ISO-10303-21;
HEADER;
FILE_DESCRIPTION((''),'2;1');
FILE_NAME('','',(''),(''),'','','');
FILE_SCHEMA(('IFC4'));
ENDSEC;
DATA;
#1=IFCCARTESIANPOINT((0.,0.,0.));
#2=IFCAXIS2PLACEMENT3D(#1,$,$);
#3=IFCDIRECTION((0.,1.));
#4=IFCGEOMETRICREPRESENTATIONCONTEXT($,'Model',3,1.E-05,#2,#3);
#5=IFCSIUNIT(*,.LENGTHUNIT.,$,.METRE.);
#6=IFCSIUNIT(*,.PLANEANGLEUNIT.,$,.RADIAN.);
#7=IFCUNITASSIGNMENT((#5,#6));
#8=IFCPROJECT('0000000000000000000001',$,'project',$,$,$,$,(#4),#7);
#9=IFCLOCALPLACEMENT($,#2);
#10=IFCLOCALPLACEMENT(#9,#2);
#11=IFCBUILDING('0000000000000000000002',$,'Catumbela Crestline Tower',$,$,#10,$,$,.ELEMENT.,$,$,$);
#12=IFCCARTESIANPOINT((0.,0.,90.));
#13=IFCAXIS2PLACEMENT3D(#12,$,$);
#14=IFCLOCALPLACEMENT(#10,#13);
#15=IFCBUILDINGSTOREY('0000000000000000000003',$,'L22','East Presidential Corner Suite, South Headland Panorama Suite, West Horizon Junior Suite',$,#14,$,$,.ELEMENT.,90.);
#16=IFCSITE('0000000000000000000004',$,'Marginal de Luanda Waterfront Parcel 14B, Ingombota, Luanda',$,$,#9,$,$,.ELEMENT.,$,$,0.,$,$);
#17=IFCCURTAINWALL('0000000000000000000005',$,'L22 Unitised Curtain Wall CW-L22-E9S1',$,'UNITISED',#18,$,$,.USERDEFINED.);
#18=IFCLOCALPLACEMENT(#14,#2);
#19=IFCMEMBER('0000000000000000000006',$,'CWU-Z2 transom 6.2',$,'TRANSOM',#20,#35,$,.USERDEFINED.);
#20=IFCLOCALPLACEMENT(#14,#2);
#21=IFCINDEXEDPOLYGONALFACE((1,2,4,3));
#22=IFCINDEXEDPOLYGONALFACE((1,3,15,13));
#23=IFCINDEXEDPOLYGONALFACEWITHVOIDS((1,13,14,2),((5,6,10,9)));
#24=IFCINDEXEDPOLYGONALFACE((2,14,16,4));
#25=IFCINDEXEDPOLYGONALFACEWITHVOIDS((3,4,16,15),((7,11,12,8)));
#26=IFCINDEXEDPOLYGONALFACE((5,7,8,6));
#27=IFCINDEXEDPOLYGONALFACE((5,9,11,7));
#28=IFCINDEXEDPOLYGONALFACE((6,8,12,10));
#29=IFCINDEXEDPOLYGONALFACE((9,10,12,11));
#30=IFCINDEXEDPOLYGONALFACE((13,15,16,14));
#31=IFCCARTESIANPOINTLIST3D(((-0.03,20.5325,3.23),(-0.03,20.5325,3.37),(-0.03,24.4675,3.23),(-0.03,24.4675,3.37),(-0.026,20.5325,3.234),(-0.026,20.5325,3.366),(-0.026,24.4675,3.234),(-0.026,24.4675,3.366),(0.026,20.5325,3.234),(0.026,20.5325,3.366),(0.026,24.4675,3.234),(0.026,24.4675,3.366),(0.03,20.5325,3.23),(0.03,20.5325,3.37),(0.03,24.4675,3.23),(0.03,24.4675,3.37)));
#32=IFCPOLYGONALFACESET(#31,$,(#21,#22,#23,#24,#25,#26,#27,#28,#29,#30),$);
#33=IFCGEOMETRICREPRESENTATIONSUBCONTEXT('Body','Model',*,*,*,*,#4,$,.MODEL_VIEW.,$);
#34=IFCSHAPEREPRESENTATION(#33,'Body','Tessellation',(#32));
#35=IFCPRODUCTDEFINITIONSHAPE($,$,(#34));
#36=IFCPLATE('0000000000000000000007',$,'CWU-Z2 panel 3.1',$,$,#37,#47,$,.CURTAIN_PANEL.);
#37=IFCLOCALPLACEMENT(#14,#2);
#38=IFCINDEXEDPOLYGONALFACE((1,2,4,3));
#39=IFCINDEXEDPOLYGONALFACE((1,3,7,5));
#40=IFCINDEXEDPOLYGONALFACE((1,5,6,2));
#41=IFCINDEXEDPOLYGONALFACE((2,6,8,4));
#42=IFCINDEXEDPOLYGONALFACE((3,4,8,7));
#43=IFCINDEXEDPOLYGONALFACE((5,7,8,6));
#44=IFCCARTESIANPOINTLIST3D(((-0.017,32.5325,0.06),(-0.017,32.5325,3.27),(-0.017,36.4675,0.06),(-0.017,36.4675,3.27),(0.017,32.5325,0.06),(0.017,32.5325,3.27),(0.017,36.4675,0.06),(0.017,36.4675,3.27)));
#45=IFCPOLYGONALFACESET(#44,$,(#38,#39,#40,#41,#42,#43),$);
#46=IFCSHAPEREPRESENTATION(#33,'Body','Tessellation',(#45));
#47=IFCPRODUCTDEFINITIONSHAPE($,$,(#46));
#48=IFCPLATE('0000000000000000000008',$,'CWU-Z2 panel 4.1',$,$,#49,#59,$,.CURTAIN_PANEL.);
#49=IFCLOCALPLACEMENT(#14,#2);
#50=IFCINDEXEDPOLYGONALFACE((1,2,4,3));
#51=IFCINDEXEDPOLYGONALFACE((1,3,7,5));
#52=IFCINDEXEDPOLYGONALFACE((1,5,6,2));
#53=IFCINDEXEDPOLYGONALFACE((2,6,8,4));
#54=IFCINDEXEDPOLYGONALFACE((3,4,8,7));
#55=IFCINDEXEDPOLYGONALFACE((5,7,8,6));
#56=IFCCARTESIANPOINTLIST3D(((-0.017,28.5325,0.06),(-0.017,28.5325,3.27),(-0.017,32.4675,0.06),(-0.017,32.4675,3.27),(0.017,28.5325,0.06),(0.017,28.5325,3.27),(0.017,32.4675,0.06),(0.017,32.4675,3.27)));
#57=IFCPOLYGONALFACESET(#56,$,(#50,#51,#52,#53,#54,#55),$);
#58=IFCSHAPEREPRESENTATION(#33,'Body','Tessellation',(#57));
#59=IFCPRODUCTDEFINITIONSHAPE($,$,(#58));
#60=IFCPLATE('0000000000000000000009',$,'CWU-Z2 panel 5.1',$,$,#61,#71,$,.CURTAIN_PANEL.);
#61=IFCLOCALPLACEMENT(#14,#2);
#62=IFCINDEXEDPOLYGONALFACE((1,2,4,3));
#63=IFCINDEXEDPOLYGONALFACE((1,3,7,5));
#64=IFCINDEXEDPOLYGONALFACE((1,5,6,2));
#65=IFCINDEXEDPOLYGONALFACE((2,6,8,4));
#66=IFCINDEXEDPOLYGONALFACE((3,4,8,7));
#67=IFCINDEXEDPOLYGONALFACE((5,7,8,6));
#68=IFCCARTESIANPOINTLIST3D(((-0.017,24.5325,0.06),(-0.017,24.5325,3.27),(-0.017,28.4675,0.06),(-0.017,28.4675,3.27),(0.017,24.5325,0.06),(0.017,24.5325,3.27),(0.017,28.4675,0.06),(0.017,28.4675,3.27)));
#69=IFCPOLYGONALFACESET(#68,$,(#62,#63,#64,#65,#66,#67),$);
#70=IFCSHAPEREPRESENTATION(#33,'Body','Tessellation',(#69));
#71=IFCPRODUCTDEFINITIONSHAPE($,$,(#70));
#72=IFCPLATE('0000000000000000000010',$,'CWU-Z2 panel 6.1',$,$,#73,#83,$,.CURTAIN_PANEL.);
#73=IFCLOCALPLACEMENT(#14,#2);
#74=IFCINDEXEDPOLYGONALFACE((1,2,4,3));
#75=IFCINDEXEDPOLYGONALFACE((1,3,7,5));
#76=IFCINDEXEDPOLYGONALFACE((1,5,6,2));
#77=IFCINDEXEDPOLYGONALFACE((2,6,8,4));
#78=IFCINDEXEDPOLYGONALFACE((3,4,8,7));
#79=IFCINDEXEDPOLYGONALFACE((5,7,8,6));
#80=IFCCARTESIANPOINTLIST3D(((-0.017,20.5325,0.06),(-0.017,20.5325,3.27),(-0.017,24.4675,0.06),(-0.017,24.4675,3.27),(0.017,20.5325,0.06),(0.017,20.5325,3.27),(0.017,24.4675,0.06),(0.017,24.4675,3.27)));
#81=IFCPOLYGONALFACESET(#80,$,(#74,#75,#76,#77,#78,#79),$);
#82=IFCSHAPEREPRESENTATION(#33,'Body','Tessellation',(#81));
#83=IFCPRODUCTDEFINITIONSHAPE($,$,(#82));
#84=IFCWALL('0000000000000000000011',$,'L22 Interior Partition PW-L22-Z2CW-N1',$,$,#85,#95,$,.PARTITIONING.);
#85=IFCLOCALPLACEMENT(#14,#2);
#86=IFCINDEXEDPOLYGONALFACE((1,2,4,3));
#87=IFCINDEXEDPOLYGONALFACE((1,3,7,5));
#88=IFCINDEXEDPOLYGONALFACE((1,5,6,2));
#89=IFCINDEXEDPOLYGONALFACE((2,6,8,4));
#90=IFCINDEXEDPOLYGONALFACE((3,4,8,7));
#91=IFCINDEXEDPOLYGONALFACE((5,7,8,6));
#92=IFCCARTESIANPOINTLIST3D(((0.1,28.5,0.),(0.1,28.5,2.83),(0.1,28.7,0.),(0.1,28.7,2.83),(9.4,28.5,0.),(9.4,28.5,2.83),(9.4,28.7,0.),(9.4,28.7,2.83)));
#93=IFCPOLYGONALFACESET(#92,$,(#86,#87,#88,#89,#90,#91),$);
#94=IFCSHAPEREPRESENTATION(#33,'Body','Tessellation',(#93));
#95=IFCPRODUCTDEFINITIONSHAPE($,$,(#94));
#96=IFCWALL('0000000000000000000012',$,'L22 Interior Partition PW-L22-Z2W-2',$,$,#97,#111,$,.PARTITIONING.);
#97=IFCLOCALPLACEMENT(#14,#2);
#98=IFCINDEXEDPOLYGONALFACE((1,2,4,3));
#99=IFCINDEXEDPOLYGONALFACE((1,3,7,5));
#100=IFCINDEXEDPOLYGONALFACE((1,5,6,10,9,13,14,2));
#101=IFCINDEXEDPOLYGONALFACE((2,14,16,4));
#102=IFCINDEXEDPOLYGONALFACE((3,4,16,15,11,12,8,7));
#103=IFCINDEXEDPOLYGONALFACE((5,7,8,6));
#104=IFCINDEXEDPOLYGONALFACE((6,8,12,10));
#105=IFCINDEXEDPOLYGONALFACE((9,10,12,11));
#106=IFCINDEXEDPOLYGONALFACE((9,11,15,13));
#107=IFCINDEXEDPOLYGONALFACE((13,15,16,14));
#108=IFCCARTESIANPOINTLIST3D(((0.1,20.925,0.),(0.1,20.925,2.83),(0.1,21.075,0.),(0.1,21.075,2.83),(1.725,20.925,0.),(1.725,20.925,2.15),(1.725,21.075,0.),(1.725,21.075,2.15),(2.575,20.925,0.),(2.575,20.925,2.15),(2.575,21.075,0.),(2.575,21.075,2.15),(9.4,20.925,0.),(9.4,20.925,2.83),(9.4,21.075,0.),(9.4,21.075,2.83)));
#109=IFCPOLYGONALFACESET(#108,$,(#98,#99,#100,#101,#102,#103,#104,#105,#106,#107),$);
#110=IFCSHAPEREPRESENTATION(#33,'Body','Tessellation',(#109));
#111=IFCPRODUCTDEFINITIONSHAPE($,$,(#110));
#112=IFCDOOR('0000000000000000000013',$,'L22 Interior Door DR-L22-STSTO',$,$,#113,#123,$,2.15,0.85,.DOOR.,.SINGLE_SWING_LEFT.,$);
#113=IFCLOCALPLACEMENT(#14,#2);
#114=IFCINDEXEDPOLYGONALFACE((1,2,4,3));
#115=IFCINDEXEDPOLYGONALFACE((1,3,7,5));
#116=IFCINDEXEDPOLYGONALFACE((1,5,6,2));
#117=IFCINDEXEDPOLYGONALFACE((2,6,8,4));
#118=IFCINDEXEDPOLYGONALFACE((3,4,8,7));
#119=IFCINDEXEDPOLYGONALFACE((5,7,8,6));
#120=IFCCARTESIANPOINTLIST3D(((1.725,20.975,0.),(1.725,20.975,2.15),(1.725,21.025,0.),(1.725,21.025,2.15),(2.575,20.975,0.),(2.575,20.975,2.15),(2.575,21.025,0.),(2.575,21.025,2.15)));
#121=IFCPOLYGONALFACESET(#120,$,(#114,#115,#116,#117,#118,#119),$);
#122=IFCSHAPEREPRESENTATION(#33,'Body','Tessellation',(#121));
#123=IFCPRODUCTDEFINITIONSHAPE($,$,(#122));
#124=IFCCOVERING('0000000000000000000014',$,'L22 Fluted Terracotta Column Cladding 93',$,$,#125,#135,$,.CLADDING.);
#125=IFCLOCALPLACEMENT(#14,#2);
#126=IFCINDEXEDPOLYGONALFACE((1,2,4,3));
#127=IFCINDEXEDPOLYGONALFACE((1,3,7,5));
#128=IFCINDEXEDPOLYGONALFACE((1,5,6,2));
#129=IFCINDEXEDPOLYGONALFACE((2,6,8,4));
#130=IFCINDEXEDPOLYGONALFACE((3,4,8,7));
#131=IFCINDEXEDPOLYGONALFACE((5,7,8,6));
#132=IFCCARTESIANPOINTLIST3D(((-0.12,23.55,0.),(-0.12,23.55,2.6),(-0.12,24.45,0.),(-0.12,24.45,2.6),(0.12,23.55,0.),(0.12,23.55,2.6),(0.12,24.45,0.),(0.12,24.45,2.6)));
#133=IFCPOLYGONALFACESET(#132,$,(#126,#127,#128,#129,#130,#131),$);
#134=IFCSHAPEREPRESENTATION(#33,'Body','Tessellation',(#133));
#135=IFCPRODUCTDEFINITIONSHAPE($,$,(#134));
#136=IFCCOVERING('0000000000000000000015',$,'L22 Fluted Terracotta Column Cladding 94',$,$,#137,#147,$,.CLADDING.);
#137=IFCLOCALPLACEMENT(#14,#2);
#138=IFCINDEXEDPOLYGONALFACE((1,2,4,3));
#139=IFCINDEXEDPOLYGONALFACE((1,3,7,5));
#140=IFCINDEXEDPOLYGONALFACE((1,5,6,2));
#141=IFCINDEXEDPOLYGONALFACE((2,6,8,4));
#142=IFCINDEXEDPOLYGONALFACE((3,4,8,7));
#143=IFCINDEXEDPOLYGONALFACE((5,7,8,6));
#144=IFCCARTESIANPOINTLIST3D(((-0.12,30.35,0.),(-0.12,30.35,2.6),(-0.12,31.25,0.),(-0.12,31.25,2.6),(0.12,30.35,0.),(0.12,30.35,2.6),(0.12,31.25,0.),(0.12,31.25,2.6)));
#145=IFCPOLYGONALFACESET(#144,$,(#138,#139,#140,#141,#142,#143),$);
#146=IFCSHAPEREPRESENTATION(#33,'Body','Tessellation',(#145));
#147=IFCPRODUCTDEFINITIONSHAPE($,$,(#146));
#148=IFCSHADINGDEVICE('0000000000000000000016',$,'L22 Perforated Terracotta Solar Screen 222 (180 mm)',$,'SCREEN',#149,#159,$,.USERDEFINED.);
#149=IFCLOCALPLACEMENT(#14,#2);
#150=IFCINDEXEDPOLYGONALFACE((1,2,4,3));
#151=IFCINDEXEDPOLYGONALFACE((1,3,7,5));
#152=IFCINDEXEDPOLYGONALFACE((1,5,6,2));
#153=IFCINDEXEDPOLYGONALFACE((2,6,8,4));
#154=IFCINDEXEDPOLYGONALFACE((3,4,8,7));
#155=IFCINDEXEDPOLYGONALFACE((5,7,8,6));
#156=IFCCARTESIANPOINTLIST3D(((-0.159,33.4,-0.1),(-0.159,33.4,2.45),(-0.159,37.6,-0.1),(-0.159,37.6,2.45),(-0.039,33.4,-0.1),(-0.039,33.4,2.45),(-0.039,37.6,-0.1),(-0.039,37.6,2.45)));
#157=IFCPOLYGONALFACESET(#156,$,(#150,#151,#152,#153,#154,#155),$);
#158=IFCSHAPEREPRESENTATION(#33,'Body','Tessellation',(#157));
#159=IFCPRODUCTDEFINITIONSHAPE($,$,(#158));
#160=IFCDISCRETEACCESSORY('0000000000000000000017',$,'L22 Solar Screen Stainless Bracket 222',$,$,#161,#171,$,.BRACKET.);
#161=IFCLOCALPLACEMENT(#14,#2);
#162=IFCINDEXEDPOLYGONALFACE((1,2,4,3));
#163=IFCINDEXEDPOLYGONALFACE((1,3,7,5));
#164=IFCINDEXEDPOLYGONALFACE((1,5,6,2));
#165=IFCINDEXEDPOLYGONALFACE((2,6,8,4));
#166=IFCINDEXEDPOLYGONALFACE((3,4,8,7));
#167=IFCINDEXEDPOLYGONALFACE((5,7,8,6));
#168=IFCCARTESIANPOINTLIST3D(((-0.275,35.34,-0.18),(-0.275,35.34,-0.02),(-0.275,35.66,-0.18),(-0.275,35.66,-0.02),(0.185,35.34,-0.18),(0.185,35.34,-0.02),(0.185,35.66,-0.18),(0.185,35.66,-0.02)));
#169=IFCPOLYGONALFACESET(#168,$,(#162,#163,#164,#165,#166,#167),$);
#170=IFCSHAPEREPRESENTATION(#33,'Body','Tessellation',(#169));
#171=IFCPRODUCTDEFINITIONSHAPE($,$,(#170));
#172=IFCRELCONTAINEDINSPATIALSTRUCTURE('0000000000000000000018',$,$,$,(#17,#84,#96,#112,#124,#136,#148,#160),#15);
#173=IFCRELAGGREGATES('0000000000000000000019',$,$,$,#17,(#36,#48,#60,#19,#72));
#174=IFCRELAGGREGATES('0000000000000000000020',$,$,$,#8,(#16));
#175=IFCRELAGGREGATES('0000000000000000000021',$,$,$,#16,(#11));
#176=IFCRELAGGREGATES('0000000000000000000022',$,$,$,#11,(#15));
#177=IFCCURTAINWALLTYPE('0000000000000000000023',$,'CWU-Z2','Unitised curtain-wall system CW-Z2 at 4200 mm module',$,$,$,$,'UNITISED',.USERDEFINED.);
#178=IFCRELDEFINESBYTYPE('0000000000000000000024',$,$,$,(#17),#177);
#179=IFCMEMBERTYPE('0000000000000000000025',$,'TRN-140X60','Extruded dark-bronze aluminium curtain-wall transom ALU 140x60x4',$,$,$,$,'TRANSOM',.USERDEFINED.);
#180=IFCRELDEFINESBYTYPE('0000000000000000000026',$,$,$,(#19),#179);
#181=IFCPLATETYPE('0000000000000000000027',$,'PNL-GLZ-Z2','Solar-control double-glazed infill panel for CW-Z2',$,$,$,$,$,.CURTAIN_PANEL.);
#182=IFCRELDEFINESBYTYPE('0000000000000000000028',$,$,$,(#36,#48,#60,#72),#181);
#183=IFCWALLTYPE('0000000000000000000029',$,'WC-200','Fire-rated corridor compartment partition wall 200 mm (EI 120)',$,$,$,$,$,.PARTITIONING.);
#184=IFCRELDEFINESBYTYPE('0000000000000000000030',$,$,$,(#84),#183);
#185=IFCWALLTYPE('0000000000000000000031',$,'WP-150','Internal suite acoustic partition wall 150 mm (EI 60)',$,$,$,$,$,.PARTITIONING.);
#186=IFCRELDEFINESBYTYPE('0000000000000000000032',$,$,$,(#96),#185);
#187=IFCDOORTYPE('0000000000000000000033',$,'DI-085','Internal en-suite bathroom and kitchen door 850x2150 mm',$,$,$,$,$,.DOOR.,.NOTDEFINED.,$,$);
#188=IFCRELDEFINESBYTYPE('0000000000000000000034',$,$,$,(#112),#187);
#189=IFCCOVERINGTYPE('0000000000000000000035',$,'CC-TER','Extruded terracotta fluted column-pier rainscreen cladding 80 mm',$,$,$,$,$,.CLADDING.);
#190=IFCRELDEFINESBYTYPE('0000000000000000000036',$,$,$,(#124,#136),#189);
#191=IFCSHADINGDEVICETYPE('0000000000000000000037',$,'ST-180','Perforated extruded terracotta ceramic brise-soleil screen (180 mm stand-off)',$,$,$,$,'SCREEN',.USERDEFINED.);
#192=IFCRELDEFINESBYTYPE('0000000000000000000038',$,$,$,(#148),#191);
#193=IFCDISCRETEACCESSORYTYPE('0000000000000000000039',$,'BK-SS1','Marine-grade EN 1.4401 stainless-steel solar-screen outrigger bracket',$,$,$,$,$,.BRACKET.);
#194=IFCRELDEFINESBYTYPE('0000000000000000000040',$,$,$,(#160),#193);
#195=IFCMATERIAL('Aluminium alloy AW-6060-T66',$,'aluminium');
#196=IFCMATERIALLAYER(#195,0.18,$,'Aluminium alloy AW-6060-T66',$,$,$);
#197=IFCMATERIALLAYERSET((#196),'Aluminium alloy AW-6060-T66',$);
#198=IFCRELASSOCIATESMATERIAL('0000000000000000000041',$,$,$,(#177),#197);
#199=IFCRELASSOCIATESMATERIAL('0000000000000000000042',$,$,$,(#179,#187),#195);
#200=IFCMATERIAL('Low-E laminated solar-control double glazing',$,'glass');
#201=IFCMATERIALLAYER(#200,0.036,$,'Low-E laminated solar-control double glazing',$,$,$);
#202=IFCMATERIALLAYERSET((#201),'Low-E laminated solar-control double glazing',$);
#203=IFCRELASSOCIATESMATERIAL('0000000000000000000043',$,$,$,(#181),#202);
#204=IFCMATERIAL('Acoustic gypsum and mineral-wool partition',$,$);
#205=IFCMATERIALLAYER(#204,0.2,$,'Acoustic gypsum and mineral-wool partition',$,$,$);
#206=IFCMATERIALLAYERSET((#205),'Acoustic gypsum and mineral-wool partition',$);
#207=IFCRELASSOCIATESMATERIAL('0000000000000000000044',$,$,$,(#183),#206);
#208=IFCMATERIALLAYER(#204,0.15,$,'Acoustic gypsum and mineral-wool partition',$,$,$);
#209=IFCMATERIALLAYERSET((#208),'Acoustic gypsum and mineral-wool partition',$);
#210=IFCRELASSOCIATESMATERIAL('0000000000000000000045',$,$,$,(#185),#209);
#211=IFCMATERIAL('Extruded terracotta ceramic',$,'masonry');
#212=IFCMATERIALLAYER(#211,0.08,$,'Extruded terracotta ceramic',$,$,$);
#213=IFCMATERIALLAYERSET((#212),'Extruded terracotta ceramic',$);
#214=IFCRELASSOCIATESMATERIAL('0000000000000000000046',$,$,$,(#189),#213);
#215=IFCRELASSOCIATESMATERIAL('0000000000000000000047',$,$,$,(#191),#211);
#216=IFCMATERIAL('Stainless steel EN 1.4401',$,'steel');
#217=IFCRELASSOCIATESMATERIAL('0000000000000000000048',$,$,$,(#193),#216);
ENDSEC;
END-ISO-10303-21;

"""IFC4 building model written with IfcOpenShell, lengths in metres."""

from ifc_helpers import new_model, si_unit, direction, frame, frame_2d, origin, origin_2d, place, context, subcontext, project, spatial, rectangle, hollow_rectangle, extrude, material, layer, layer_set, material_profile, profile_set, type_object, element, fill, aggregate, save


model = new_model("IFC4")

# Units and contexts
model_context = context("Model", 3, precision=1e-05, world=origin(), true_north=direction((0.0, 1.0)))
body_context = subcontext(model_context, "Body", "Model", "MODEL_VIEW")
ifc_project = project(units=[si_unit("LENGTHUNIT", "METRE"), si_unit("PLANEANGLEUNIT", "RADIAN")], contexts=[model_context])

# Site, building, storey
site_placement = place(None, origin())
site = spatial("IfcSite", under=ifc_project, at=site_placement, Name="Marginal de Luanda Waterfront Parcel 14B, Ingombota, Luanda", CompositionType="ELEMENT", RefElevation=0.0)
building_placement = place(site_placement, origin())
building = spatial("IfcBuilding", under=site, at=building_placement, Name="Catumbela Crestline Tower", CompositionType="ELEMENT")
storey_placement = place(building_placement, frame((0.0, 0.0, 90.0)))
storey = spatial("IfcBuildingStorey", under=building, at=storey_placement, Name="L22", Description="East Presidential Corner Suite, South Headland Panorama Suite, West Horizon Junior Suite", CompositionType="ELEMENT", Elevation=90.0)

# Curtain wall
ifc_material_1 = material(Name="Aluminium alloy AW-6060-T66", Category="aluminium")
ifc_layer_1 = layer(ifc_material_1, 0.18, Name="Aluminium alloy AW-6060-T66")
ifc_layer_set_1 = layer_set([ifc_layer_1], Name="Aluminium alloy AW-6060-T66")
curtain_wall_type = type_object("IfcCurtainWallType", Name="CWU-Z2", Description="Unitised curtain-wall system CW-Z2 at 4200 mm module", ElementType="UNITISED", PredefinedType="USERDEFINED", material=ifc_layer_set_1)
curtain_wall_placement = place(storey_placement, origin())
curtain_wall = element("IfcCurtainWall", 1, at=curtain_wall_placement, inside=storey, type_object=curtain_wall_type, Name="L22 Unitised Curtain Wall CW-L22-E9S1", ObjectType="UNITISED", PredefinedType="USERDEFINED")

# Member
ifc_material_profile_1 = material_profile(ifc_material_1, hollow_rectangle(XDim=0.06, YDim=0.14, WallThickness=0.004, at=origin_2d()), Name="ALU 140x60x4")
ifc_profile_set_1 = profile_set([ifc_material_profile_1], Name="Aluminium alloy AW-6060-T66")
member_type_1 = type_object("IfcMemberType", Name="TRN-140X60", Description="Extruded dark-bronze aluminium curtain-wall transom ALU 140x60x4", ElementType="TRANSOM", PredefinedType="USERDEFINED", material=ifc_profile_set_1)
member_1_placement = place(storey_placement, frame((0.0, 24.4675, 3.3), z_axis=(0.0, -1.0, 0.0), x_axis=(1.0, 0.0, 0.0)))
member_1 = element("IfcMember", 2, at=member_1_placement, type_object=member_type_1, Name="CWU-Z2 transom 6.2", ObjectType="TRANSOM", PredefinedType="USERDEFINED", context=body_context, shape_type="SweptSolid", body=[
    extrude(hollow_rectangle(XDim=0.06, YDim=0.14, WallThickness=0.004, at=origin_2d()), origin(), (0.0, 0.0, 1.0), 3.935),
])

# Plates
ifc_material_2 = material(Name="Low-E laminated solar-control double glazing", Category="glass")
ifc_layer_2 = layer(ifc_material_2, 0.036, Name="Low-E laminated solar-control double glazing")
ifc_layer_set_2 = layer_set([ifc_layer_2], Name="Low-E laminated solar-control double glazing")
plate_type = type_object("IfcPlateType", Name="PNL-GLZ-Z2", Description="Solar-control double-glazed infill panel for CW-Z2", PredefinedType="CURTAIN_PANEL", material=ifc_layer_set_2)
plate_1_placement = place(storey_placement, frame((0.0, 34.5, 0.06), z_axis=(0.0, 0.0, 1.0), x_axis=(0.0, -1.0, 0.0)))
plate_1 = element("IfcPlate", 3, at=plate_1_placement, type_object=plate_type, Name="CWU-Z2 panel 3.1", PredefinedType="CURTAIN_PANEL", context=body_context, shape_type="SweptSolid", body=[
    extrude(rectangle(XDim=3.935, YDim=0.034, at=origin_2d()), origin(), (0.0, 0.0, 1.0), 3.21),
])
plate_2_placement = place(storey_placement, frame((0.0, 30.5, 0.06), z_axis=(0.0, 0.0, 1.0), x_axis=(0.0, -1.0, 0.0)))
plate_2 = element("IfcPlate", 4, at=plate_2_placement, type_object=plate_type, Name="CWU-Z2 panel 4.1", PredefinedType="CURTAIN_PANEL", context=body_context, shape_type="SweptSolid", body=[
    extrude(rectangle(XDim=3.935, YDim=0.034, at=origin_2d()), origin(), (0.0, 0.0, 1.0), 3.21),
])
plate_3_placement = place(storey_placement, frame((0.0, 26.5, 0.06), z_axis=(0.0, 0.0, 1.0), x_axis=(0.0, -1.0, 0.0)))
plate_3 = element("IfcPlate", 5, at=plate_3_placement, type_object=plate_type, Name="CWU-Z2 panel 5.1", PredefinedType="CURTAIN_PANEL", context=body_context, shape_type="SweptSolid", body=[
    extrude(rectangle(XDim=3.935, YDim=0.034, at=origin_2d()), origin(), (0.0, 0.0, 1.0), 3.21),
])
plate_4_placement = place(storey_placement, frame((0.0, 22.5, 0.06), z_axis=(0.0, 0.0, 1.0), x_axis=(0.0, -1.0, 0.0)))
plate_4 = element("IfcPlate", 6, at=plate_4_placement, type_object=plate_type, Name="CWU-Z2 panel 6.1", PredefinedType="CURTAIN_PANEL", context=body_context, shape_type="SweptSolid", body=[
    extrude(rectangle(XDim=3.935, YDim=0.034, at=origin_2d()), origin(), (0.0, 0.0, 1.0), 3.21),
])
aggregate(curtain_wall, [plate_1, plate_2, plate_3, member_1, plate_4])

# Wall
ifc_material_3 = material(Name="Acoustic gypsum and mineral-wool partition")
ifc_layer_3 = layer(ifc_material_3, 0.2, Name="Acoustic gypsum and mineral-wool partition")
ifc_layer_set_3 = layer_set([ifc_layer_3], Name="Acoustic gypsum and mineral-wool partition")
wall_type_1 = type_object("IfcWallType", Name="WC-200", Description="Fire-rated corridor compartment partition wall 200 mm (EI 120)", PredefinedType="PARTITIONING", material=ifc_layer_set_3)
wall_1_placement = place(storey_placement, frame((0.1, 28.6, 0.0), z_axis=(0.0, 0.0, 1.0), x_axis=(1.0, 0.0, 0.0)))
element("IfcWall", 7, at=wall_1_placement, inside=storey, type_object=wall_type_1, Name="L22 Interior Partition PW-L22-Z2CW-N1", PredefinedType="PARTITIONING", context=body_context, shape_type="SweptSolid", body=[
    extrude(rectangle(XDim=9.3, YDim=0.2, at=frame_2d((4.65, 0.0))), origin(), (0.0, 0.0, 1.0), 2.83),
])

# Wall, opening, door
ifc_layer_4 = layer(ifc_material_3, 0.15, Name="Acoustic gypsum and mineral-wool partition")
ifc_layer_set_4 = layer_set([ifc_layer_4], Name="Acoustic gypsum and mineral-wool partition")
wall_type_2 = type_object("IfcWallType", Name="WP-150", Description="Internal suite acoustic partition wall 150 mm (EI 60)", PredefinedType="PARTITIONING", material=ifc_layer_set_4)
wall_2_placement = place(storey_placement, frame((0.1, 21.0, 0.0), z_axis=(0.0, 0.0, 1.0), x_axis=(1.0, 0.0, 0.0)))
wall_2 = element("IfcWall", 8, at=wall_2_placement, inside=storey, type_object=wall_type_2, Name="L22 Interior Partition PW-L22-Z2W-2", PredefinedType="PARTITIONING", context=body_context, shape_type="SweptSolid", body=[
    extrude(rectangle(XDim=9.3, YDim=0.15, at=frame_2d((4.65, 0.0))), origin(), (0.0, 0.0, 1.0), 2.83),
])
opening_placement = place(wall_2_placement, frame((1.625, 0.0, 0.0)))
opening = element("IfcOpeningElement", 9, at=opening_placement, cuts=wall_2, PredefinedType="OPENING", context=body_context, shape_type="SweptSolid", body=[
    extrude(rectangle(XDim=0.85, YDim=2.15, at=frame_2d((0.425, 1.075))), frame((0.0, 0.085, 0.0), z_axis=(0.0, -1.0, 0.0), x_axis=(1.0, 0.0, 0.0)), (0.0, 0.0, 1.0), 0.17),
])
door_type = type_object("IfcDoorType", Name="DI-085", Description="Internal en-suite bathroom and kitchen door 850x2150 mm", OperationType="NOTDEFINED", PredefinedType="DOOR", material=ifc_material_1)
door_placement = place(opening_placement, origin())
door = element("IfcDoor", 10, at=door_placement, inside=storey, type_object=door_type, Name="L22 Interior Door DR-L22-STSTO", OperationType="SINGLE_SWING_LEFT", OverallHeight=2.15, OverallWidth=0.85, PredefinedType="DOOR", context=body_context, shape_type="SweptSolid", body=[
    extrude(rectangle(XDim=0.85, YDim=2.15, at=frame_2d((0.425, 1.075))), frame((0.0, 0.025, 0.0), z_axis=(0.0, -1.0, 0.0), x_axis=(1.0, 0.0, 0.0)), (0.0, 0.0, 1.0), 0.05),
])
fill(opening, door)

# Coverings
ifc_material_4 = material(Name="Extruded terracotta ceramic", Category="masonry")
ifc_layer_5 = layer(ifc_material_4, 0.08, Name="Extruded terracotta ceramic")
ifc_layer_set_5 = layer_set([ifc_layer_5], Name="Extruded terracotta ceramic")
covering_type = type_object("IfcCoveringType", Name="CC-TER", Description="Extruded terracotta fluted column-pier rainscreen cladding 80 mm", PredefinedType="CLADDING", material=ifc_layer_set_5)
for number, where, z_axis, x_axis, name in (
    (11, (0.0, 24.0, 0.0), (0.0, 0.0, 1.0), (0.0, -1.0, 0.0), "L22 Fluted Terracotta Column Cladding 93"),
    (12, (0.0, 30.8, 0.0), (0.0, 0.0, 1.0), (0.0, -1.0, 0.0), "L22 Fluted Terracotta Column Cladding 94"),
):
    element("IfcCovering", number, at=place(storey_placement, frame(where, z_axis=z_axis, x_axis=x_axis)), inside=storey, type_object=covering_type, Name=name, PredefinedType="CLADDING", context=body_context, shape_type="SweptSolid", body=[
        extrude(rectangle(XDim=0.9, YDim=0.24, at=origin_2d()), origin(), (0.0, 0.0, 1.0), 2.6),
    ])

# Shading device
shading_device_type = type_object("IfcShadingDeviceType", Name="ST-180", Description="Perforated extruded terracotta ceramic brise-soleil screen (180 mm stand-off)", ElementType="SCREEN", PredefinedType="USERDEFINED", material=ifc_material_4)
shading_device_placement = place(storey_placement, frame((-0.099, 35.5, -0.1), z_axis=(0.0, 0.0, 1.0), x_axis=(0.0, -1.0, 0.0)))
element("IfcShadingDevice", 13, at=shading_device_placement, inside=storey, type_object=shading_device_type, Name="L22 Perforated Terracotta Solar Screen 222 (180 mm)", ObjectType="SCREEN", PredefinedType="USERDEFINED", context=body_context, shape_type="SweptSolid", body=[
    extrude(rectangle(XDim=4.2, YDim=0.12, at=origin_2d()), origin(), (0.0, 0.0, 1.0), 2.55),
])

# Discrete accessory
ifc_material_5 = material(Name="Stainless steel EN 1.4401", Category="steel")
discrete_accessory_type = type_object("IfcDiscreteAccessoryType", Name="BK-SS1", Description="Marine-grade EN 1.4401 stainless-steel solar-screen outrigger bracket", PredefinedType="BRACKET", material=ifc_material_5)
discrete_accessory_placement = place(storey_placement, frame((-0.045, 35.5, -0.18), z_axis=(0.0, 0.0, 1.0), x_axis=(0.0, -1.0, 0.0)))
element("IfcDiscreteAccessory", 14, at=discrete_accessory_placement, inside=storey, type_object=discrete_accessory_type, Name="L22 Solar Screen Stainless Bracket 222", PredefinedType="BRACKET", context=body_context, shape_type="SweptSolid", body=[
    extrude(rectangle(XDim=0.32, YDim=0.46, at=origin_2d()), origin(), (0.0, 0.0, 1.0), 0.16),
])

save(model, "model.ifc")
